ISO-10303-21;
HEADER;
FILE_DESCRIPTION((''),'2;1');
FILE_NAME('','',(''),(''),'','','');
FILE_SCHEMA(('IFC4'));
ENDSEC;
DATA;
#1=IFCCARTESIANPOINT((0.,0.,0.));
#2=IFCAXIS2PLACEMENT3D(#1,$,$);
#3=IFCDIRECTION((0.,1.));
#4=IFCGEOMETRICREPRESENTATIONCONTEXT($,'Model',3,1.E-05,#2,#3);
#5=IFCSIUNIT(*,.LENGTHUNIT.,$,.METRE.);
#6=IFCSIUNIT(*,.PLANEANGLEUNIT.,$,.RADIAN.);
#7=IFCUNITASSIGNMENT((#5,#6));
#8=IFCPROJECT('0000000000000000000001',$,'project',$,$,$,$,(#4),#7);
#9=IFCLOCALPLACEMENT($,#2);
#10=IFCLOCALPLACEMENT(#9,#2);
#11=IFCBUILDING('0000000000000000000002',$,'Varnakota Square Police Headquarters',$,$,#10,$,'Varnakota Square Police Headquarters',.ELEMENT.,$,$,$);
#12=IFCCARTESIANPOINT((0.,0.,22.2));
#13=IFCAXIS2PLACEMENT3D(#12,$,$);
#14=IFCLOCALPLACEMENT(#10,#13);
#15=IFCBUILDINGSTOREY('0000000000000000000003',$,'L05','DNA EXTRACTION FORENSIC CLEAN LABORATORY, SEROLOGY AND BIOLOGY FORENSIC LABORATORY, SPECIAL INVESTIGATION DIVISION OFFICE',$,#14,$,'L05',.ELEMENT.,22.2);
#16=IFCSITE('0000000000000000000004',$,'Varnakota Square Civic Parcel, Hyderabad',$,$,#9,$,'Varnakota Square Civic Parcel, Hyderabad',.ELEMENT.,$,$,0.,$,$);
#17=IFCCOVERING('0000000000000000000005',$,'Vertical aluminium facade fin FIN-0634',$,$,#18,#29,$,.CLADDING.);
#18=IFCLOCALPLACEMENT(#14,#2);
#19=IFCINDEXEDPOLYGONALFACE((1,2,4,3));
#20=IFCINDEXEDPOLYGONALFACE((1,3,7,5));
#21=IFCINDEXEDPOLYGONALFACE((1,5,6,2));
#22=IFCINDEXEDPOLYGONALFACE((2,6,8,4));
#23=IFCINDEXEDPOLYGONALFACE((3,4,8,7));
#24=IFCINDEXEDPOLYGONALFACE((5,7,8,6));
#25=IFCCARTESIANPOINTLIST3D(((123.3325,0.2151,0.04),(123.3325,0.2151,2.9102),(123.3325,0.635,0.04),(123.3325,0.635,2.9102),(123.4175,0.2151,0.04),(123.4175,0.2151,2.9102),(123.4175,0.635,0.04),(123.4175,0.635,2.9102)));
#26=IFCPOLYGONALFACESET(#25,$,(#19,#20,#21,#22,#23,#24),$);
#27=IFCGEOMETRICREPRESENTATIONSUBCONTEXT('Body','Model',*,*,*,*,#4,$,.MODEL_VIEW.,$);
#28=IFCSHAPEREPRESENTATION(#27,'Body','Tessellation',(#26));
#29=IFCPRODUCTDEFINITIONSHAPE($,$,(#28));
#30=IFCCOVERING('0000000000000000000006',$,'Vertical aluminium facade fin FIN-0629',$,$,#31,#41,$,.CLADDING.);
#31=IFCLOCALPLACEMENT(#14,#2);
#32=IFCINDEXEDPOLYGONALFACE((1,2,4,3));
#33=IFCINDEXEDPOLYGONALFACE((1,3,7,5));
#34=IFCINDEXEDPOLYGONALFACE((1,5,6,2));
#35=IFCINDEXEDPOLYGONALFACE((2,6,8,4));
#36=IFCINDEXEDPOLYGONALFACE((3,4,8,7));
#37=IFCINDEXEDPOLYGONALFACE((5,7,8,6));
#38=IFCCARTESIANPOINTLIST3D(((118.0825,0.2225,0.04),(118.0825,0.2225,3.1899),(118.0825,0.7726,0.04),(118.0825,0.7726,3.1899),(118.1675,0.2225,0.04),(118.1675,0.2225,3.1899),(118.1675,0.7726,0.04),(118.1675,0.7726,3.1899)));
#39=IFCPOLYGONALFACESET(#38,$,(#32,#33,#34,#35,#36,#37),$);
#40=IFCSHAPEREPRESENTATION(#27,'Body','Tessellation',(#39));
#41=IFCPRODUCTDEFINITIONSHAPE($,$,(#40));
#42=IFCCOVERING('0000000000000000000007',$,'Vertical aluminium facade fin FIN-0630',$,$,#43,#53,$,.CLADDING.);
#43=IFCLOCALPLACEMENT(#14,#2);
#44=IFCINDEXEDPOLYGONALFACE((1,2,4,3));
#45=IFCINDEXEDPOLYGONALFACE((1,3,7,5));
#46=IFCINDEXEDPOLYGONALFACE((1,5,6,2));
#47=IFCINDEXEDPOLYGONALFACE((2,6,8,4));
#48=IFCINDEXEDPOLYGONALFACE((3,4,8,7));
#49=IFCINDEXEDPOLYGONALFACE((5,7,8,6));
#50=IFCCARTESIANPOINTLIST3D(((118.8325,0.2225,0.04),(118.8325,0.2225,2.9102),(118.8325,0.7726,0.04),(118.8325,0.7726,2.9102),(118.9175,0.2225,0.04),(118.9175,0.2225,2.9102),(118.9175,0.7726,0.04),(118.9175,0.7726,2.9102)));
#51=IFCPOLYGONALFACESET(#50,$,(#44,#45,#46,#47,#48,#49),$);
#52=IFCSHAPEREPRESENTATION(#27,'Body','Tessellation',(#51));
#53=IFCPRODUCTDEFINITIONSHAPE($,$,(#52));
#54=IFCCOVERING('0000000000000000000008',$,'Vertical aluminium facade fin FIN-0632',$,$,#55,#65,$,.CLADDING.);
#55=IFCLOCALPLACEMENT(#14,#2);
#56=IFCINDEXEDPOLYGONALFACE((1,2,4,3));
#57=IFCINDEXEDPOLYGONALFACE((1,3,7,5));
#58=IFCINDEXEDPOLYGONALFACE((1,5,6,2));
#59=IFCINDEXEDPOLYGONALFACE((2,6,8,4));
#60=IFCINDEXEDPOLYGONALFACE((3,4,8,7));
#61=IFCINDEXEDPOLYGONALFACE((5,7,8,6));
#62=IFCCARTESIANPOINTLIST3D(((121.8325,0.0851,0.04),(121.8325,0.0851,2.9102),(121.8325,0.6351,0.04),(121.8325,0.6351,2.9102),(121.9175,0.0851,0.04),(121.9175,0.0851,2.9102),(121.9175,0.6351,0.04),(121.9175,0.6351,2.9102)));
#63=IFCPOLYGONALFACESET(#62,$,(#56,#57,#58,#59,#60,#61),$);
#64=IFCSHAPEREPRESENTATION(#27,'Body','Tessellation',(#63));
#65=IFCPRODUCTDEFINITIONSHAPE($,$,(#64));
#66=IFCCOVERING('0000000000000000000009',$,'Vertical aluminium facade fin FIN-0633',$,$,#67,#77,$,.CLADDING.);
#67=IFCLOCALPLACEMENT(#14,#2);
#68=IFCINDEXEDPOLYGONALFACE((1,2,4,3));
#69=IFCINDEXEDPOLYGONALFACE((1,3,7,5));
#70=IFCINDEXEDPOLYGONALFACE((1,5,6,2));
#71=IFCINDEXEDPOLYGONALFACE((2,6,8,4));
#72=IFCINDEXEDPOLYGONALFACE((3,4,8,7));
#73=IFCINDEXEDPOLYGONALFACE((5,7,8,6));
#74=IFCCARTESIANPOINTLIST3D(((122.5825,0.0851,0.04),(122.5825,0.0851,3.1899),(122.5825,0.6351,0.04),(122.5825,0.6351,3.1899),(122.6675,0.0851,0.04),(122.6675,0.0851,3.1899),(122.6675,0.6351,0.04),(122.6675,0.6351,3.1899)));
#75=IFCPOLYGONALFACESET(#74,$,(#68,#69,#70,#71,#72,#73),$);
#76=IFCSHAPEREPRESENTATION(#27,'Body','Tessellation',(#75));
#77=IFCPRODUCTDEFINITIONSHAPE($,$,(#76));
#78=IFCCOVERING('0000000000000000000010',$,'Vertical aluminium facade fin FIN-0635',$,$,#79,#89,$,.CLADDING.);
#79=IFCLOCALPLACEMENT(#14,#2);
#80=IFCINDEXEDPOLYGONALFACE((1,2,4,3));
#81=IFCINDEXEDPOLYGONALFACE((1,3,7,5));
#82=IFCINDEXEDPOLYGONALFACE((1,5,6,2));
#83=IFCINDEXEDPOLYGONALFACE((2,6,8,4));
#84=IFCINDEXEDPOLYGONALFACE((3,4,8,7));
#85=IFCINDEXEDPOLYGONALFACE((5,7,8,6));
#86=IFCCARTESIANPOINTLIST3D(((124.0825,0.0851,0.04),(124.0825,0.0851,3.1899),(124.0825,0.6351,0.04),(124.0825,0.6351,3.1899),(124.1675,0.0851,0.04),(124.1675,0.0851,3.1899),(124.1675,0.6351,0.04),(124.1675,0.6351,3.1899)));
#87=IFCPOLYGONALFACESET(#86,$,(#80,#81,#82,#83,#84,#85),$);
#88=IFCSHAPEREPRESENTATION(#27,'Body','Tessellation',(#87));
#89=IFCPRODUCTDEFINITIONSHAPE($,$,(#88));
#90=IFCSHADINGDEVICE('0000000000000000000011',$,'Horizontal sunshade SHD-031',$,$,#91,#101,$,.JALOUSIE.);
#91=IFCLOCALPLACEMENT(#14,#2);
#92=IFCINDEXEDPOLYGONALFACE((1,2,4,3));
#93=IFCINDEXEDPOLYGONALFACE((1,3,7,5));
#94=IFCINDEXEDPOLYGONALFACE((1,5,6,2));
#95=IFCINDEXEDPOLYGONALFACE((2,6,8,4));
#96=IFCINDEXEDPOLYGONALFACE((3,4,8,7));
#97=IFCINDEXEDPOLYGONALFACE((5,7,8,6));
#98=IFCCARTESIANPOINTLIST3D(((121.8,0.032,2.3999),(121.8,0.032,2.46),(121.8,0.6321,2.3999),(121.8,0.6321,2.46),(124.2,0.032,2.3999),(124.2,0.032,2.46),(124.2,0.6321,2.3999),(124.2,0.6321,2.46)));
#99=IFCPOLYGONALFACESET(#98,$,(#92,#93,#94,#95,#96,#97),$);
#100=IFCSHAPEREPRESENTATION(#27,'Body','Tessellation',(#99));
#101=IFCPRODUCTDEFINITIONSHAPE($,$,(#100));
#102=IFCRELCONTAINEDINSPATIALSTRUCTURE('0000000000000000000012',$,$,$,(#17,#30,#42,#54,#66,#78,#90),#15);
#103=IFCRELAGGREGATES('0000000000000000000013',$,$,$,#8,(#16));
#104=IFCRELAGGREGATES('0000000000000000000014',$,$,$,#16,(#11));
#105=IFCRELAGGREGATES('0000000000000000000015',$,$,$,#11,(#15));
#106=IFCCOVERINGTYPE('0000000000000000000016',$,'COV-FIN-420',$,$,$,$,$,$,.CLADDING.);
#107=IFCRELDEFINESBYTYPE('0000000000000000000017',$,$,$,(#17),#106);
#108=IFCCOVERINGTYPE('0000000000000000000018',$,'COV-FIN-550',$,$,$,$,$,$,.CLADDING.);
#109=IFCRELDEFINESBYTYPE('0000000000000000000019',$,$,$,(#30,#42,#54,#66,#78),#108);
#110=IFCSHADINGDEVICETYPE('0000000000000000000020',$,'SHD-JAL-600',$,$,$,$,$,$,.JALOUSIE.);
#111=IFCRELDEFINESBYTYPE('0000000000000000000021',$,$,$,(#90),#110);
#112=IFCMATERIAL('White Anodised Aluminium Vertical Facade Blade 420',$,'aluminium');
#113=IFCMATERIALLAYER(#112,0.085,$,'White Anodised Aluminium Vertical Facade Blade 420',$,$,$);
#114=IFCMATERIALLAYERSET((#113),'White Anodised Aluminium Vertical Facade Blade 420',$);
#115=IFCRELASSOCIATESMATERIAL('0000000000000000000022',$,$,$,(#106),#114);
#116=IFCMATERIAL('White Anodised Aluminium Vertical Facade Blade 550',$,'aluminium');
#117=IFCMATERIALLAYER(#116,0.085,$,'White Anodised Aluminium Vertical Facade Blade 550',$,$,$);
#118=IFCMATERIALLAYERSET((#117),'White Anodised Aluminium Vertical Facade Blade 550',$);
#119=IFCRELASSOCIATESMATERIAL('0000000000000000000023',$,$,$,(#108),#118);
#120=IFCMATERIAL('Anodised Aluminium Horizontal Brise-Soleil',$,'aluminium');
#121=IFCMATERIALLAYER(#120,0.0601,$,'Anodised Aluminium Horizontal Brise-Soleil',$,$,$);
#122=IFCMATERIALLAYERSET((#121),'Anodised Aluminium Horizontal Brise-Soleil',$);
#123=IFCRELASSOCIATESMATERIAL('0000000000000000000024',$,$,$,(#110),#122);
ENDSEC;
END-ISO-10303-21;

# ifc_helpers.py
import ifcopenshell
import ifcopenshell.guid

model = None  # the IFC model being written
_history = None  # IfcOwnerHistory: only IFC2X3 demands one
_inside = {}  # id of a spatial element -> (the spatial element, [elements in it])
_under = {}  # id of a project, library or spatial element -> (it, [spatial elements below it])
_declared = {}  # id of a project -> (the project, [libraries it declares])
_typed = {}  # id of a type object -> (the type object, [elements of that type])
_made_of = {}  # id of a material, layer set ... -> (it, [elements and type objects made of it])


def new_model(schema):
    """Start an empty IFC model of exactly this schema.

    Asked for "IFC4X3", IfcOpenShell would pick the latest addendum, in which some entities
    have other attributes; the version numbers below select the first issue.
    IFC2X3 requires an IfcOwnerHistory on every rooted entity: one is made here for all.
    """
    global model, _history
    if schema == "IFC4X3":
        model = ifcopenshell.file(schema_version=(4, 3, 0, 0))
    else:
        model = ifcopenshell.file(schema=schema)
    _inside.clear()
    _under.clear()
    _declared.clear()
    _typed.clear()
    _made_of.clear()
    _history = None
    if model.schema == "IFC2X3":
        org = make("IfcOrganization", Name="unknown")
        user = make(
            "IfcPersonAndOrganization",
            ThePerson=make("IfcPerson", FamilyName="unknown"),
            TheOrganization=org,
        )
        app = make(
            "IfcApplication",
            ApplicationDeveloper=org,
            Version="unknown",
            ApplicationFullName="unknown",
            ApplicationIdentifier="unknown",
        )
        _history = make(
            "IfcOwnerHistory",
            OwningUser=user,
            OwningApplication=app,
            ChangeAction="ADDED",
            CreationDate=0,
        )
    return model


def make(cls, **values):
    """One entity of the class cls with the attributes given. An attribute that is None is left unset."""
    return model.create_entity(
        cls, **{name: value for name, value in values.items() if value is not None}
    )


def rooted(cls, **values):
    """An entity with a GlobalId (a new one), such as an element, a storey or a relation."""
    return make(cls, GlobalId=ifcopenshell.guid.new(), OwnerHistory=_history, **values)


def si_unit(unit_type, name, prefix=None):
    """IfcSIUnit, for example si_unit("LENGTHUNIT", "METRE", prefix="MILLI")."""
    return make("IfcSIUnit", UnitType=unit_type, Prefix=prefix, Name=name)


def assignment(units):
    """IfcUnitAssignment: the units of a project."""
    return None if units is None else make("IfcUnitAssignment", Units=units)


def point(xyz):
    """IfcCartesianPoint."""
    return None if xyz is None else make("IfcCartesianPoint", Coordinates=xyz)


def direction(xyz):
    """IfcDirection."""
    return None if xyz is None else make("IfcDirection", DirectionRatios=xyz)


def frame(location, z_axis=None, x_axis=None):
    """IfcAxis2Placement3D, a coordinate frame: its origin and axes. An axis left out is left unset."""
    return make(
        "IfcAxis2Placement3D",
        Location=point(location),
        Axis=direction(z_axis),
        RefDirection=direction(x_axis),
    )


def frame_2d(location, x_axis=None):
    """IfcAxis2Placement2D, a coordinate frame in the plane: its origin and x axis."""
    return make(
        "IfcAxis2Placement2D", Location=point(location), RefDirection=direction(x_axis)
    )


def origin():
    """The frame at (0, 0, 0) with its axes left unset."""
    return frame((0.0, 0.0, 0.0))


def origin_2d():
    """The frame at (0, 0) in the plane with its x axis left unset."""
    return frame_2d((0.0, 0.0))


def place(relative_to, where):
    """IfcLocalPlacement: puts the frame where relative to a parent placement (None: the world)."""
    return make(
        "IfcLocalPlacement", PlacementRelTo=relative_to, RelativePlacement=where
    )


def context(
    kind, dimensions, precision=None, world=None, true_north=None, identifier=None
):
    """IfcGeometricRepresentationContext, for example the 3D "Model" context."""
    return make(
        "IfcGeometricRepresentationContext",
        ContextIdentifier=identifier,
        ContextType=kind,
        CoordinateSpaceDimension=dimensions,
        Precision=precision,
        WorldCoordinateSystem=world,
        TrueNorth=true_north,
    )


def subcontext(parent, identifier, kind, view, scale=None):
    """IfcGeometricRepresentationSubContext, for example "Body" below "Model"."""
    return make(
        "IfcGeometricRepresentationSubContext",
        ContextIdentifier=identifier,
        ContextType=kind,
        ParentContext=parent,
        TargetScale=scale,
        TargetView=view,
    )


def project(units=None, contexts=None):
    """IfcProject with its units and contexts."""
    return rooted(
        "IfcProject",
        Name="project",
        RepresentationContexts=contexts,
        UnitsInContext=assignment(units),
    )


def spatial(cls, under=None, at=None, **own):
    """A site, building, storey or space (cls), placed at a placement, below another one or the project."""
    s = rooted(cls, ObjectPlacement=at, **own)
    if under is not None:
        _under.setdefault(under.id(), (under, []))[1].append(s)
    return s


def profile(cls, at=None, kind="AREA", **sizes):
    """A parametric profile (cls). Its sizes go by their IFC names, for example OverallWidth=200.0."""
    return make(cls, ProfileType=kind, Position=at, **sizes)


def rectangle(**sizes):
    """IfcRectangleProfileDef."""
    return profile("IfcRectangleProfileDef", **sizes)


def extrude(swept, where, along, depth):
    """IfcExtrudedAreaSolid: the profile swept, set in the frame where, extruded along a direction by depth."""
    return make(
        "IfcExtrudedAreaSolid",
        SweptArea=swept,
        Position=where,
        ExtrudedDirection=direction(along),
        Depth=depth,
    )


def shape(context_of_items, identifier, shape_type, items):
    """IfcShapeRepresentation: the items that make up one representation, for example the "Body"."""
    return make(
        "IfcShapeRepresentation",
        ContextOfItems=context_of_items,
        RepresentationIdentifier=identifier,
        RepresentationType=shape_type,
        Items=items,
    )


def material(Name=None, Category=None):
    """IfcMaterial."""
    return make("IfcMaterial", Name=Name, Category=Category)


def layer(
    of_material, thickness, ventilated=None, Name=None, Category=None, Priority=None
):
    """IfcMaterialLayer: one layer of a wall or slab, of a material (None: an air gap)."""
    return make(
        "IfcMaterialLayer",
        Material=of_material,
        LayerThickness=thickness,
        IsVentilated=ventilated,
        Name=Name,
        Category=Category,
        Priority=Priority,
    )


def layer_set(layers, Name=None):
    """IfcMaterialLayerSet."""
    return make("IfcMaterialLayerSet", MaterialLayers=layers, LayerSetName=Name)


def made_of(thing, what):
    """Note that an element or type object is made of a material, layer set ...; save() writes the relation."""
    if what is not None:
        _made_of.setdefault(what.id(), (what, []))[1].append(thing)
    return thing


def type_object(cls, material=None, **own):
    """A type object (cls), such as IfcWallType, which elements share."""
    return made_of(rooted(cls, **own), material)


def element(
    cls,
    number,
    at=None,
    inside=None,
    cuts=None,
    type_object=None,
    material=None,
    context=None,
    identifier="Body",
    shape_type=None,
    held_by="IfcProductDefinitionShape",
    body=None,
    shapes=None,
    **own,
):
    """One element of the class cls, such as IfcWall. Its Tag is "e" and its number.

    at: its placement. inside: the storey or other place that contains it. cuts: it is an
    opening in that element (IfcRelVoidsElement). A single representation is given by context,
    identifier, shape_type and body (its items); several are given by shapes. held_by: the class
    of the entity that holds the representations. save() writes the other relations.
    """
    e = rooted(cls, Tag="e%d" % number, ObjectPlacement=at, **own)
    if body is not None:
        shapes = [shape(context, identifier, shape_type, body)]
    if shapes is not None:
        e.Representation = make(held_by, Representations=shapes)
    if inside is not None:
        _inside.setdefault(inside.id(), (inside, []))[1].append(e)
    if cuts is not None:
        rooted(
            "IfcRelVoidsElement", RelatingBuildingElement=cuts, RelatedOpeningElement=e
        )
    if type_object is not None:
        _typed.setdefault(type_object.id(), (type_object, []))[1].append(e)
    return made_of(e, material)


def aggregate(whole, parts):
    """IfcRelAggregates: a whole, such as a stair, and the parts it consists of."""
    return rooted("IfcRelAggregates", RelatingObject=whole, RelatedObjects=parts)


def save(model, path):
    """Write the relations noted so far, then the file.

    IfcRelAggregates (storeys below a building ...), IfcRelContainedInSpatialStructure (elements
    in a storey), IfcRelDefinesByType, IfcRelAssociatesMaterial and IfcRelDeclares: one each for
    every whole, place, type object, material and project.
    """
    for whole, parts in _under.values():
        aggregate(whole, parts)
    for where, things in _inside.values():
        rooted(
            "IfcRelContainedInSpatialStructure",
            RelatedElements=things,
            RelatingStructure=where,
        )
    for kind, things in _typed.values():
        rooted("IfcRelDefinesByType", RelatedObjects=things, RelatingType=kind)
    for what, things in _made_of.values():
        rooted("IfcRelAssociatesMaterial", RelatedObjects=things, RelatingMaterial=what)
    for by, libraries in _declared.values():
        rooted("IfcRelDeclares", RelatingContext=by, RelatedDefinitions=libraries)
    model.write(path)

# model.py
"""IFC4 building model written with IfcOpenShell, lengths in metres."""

from ifc_helpers import new_model, si_unit, direction, frame, origin, origin_2d, place, context, subcontext, project, spatial, rectangle, extrude, material, layer, layer_set, type_object, element, save


model = new_model("IFC4")

# Units and contexts
model_context = context("Model", 3, precision=1e-05, world=origin(), true_north=direction((0.0, 1.0)))
body_context = subcontext(model_context, "Body", "Model", "MODEL_VIEW")
ifc_project = project(units=[si_unit("LENGTHUNIT", "METRE"), si_unit("PLANEANGLEUNIT", "RADIAN")], contexts=[model_context])

# Site, building, storey
site_placement = place(None, origin())
site = spatial("IfcSite", under=ifc_project, at=site_placement, Name="Varnakota Square Civic Parcel, Hyderabad", LongName="Varnakota Square Civic Parcel, Hyderabad", CompositionType="ELEMENT", RefElevation=0.0)
building_placement = place(site_placement, origin())
building = spatial("IfcBuilding", under=site, at=building_placement, Name="Varnakota Square Police Headquarters", LongName="Varnakota Square Police Headquarters", CompositionType="ELEMENT")
storey_placement = place(building_placement, frame((0.0, 0.0, 22.2)))
storey = spatial("IfcBuildingStorey", under=building, at=storey_placement, Name="L05", Description="DNA EXTRACTION FORENSIC CLEAN LABORATORY, SEROLOGY AND BIOLOGY FORENSIC LABORATORY, SPECIAL INVESTIGATION DIVISION OFFICE", LongName="L05", CompositionType="ELEMENT", Elevation=22.2)

# Coverings
ifc_material_1 = material(Name="White Anodised Aluminium Vertical Facade Blade 420", Category="aluminium")
ifc_layer_1 = layer(ifc_material_1, 0.085, Name="White Anodised Aluminium Vertical Facade Blade 420")
ifc_layer_set_1 = layer_set([ifc_layer_1], Name="White Anodised Aluminium Vertical Facade Blade 420")
covering_type_1 = type_object("IfcCoveringType", Name="COV-FIN-420", PredefinedType="CLADDING", material=ifc_layer_set_1)
covering_1_placement = place(storey_placement, frame((123.375, 0.425, 0.04), z_axis=(0.0, 0.0, 1.0), x_axis=(1.0, 0.0, 0.0)))
element("IfcCovering", 1, at=covering_1_placement, inside=storey, type_object=covering_type_1, Name="Vertical aluminium facade fin FIN-0634", PredefinedType="CLADDING", context=body_context, shape_type="SweptSolid", body=[
    extrude(rectangle(XDim=0.085, YDim=0.4199, at=origin_2d()), origin(), (0.0, 0.0, 1.0), 2.8701),
])
ifc_material_2 = material(Name="White Anodised Aluminium Vertical Facade Blade 550", Category="aluminium")
ifc_layer_2 = layer(ifc_material_2, 0.085, Name="White Anodised Aluminium Vertical Facade Blade 550")
ifc_layer_set_2 = layer_set([ifc_layer_2], Name="White Anodised Aluminium Vertical Facade Blade 550")
covering_type_2 = type_object("IfcCoveringType", Name="COV-FIN-550", PredefinedType="CLADDING", material=ifc_layer_set_2)
covering_2_placement = place(storey_placement, frame((118.125, 0.4976, 0.04), z_axis=(0.0, 0.0, 1.0), x_axis=(1.0, 0.0, 0.0)))
element("IfcCovering", 2, at=covering_2_placement, inside=storey, type_object=covering_type_2, Name="Vertical aluminium facade fin FIN-0629", PredefinedType="CLADDING", context=body_context, shape_type="SweptSolid", body=[
    extrude(rectangle(XDim=0.085, YDim=0.55, at=origin_2d()), origin(), (0.0, 0.0, 1.0), 3.1499),
])
for number, where, z_axis, x_axis, name in (
    (3, (118.875, 0.4976, 0.04), (0.0, 0.0, 1.0), (1.0, 0.0, 0.0), "Vertical aluminium facade fin FIN-0630"),
    (4, (121.875, 0.3601, 0.04), (0.0, 0.0, 1.0), (1.0, 0.0, 0.0), "Vertical aluminium facade fin FIN-0632"),
):
    element("IfcCovering", number, at=place(storey_placement, frame(where, z_axis=z_axis, x_axis=x_axis)), inside=storey, type_object=covering_type_2, Name=name, PredefinedType="CLADDING", context=body_context, shape_type="SweptSolid", body=[
        extrude(rectangle(XDim=0.085, YDim=0.55, at=origin_2d()), origin(), (0.0, 0.0, 1.0), 2.8701),
    ])
for number, where, z_axis, x_axis, name in (
    (5, (122.625, 0.3601, 0.04), (0.0, 0.0, 1.0), (1.0, 0.0, 0.0), "Vertical aluminium facade fin FIN-0633"),
    (6, (124.125, 0.3601, 0.04), (0.0, 0.0, 1.0), (1.0, 0.0, 0.0), "Vertical aluminium facade fin FIN-0635"),
):
    element("IfcCovering", number, at=place(storey_placement, frame(where, z_axis=z_axis, x_axis=x_axis)), inside=storey, type_object=covering_type_2, Name=name, PredefinedType="CLADDING", context=body_context, shape_type="SweptSolid", body=[
        extrude(rectangle(XDim=0.085, YDim=0.55, at=origin_2d()), origin(), (0.0, 0.0, 1.0), 3.1499),
    ])

# Shading device
ifc_material_3 = material(Name="Anodised Aluminium Horizontal Brise-Soleil", Category="aluminium")
ifc_layer_3 = layer(ifc_material_3, 0.0601, Name="Anodised Aluminium Horizontal Brise-Soleil")
ifc_layer_set_3 = layer_set([ifc_layer_3], Name="Anodised Aluminium Horizontal Brise-Soleil")
shading_device_type = type_object("IfcShadingDeviceType", Name="SHD-JAL-600", PredefinedType="JALOUSIE", material=ifc_layer_set_3)
shading_device_placement = place(storey_placement, frame((123.0, 0.332, 2.3999), z_axis=(0.0, 0.0, 1.0), x_axis=(1.0, 0.0, 0.0)))
element("IfcShadingDevice", 7, at=shading_device_placement, inside=storey, type_object=shading_device_type, Name="Horizontal sunshade SHD-031", PredefinedType="JALOUSIE", context=body_context, shape_type="SweptSolid", body=[
    extrude(rectangle(XDim=2.3999, YDim=0.6001, at=origin_2d()), origin(), (0.0, 0.0, 1.0), 0.0601),
])

save(model, "model.ifc")
